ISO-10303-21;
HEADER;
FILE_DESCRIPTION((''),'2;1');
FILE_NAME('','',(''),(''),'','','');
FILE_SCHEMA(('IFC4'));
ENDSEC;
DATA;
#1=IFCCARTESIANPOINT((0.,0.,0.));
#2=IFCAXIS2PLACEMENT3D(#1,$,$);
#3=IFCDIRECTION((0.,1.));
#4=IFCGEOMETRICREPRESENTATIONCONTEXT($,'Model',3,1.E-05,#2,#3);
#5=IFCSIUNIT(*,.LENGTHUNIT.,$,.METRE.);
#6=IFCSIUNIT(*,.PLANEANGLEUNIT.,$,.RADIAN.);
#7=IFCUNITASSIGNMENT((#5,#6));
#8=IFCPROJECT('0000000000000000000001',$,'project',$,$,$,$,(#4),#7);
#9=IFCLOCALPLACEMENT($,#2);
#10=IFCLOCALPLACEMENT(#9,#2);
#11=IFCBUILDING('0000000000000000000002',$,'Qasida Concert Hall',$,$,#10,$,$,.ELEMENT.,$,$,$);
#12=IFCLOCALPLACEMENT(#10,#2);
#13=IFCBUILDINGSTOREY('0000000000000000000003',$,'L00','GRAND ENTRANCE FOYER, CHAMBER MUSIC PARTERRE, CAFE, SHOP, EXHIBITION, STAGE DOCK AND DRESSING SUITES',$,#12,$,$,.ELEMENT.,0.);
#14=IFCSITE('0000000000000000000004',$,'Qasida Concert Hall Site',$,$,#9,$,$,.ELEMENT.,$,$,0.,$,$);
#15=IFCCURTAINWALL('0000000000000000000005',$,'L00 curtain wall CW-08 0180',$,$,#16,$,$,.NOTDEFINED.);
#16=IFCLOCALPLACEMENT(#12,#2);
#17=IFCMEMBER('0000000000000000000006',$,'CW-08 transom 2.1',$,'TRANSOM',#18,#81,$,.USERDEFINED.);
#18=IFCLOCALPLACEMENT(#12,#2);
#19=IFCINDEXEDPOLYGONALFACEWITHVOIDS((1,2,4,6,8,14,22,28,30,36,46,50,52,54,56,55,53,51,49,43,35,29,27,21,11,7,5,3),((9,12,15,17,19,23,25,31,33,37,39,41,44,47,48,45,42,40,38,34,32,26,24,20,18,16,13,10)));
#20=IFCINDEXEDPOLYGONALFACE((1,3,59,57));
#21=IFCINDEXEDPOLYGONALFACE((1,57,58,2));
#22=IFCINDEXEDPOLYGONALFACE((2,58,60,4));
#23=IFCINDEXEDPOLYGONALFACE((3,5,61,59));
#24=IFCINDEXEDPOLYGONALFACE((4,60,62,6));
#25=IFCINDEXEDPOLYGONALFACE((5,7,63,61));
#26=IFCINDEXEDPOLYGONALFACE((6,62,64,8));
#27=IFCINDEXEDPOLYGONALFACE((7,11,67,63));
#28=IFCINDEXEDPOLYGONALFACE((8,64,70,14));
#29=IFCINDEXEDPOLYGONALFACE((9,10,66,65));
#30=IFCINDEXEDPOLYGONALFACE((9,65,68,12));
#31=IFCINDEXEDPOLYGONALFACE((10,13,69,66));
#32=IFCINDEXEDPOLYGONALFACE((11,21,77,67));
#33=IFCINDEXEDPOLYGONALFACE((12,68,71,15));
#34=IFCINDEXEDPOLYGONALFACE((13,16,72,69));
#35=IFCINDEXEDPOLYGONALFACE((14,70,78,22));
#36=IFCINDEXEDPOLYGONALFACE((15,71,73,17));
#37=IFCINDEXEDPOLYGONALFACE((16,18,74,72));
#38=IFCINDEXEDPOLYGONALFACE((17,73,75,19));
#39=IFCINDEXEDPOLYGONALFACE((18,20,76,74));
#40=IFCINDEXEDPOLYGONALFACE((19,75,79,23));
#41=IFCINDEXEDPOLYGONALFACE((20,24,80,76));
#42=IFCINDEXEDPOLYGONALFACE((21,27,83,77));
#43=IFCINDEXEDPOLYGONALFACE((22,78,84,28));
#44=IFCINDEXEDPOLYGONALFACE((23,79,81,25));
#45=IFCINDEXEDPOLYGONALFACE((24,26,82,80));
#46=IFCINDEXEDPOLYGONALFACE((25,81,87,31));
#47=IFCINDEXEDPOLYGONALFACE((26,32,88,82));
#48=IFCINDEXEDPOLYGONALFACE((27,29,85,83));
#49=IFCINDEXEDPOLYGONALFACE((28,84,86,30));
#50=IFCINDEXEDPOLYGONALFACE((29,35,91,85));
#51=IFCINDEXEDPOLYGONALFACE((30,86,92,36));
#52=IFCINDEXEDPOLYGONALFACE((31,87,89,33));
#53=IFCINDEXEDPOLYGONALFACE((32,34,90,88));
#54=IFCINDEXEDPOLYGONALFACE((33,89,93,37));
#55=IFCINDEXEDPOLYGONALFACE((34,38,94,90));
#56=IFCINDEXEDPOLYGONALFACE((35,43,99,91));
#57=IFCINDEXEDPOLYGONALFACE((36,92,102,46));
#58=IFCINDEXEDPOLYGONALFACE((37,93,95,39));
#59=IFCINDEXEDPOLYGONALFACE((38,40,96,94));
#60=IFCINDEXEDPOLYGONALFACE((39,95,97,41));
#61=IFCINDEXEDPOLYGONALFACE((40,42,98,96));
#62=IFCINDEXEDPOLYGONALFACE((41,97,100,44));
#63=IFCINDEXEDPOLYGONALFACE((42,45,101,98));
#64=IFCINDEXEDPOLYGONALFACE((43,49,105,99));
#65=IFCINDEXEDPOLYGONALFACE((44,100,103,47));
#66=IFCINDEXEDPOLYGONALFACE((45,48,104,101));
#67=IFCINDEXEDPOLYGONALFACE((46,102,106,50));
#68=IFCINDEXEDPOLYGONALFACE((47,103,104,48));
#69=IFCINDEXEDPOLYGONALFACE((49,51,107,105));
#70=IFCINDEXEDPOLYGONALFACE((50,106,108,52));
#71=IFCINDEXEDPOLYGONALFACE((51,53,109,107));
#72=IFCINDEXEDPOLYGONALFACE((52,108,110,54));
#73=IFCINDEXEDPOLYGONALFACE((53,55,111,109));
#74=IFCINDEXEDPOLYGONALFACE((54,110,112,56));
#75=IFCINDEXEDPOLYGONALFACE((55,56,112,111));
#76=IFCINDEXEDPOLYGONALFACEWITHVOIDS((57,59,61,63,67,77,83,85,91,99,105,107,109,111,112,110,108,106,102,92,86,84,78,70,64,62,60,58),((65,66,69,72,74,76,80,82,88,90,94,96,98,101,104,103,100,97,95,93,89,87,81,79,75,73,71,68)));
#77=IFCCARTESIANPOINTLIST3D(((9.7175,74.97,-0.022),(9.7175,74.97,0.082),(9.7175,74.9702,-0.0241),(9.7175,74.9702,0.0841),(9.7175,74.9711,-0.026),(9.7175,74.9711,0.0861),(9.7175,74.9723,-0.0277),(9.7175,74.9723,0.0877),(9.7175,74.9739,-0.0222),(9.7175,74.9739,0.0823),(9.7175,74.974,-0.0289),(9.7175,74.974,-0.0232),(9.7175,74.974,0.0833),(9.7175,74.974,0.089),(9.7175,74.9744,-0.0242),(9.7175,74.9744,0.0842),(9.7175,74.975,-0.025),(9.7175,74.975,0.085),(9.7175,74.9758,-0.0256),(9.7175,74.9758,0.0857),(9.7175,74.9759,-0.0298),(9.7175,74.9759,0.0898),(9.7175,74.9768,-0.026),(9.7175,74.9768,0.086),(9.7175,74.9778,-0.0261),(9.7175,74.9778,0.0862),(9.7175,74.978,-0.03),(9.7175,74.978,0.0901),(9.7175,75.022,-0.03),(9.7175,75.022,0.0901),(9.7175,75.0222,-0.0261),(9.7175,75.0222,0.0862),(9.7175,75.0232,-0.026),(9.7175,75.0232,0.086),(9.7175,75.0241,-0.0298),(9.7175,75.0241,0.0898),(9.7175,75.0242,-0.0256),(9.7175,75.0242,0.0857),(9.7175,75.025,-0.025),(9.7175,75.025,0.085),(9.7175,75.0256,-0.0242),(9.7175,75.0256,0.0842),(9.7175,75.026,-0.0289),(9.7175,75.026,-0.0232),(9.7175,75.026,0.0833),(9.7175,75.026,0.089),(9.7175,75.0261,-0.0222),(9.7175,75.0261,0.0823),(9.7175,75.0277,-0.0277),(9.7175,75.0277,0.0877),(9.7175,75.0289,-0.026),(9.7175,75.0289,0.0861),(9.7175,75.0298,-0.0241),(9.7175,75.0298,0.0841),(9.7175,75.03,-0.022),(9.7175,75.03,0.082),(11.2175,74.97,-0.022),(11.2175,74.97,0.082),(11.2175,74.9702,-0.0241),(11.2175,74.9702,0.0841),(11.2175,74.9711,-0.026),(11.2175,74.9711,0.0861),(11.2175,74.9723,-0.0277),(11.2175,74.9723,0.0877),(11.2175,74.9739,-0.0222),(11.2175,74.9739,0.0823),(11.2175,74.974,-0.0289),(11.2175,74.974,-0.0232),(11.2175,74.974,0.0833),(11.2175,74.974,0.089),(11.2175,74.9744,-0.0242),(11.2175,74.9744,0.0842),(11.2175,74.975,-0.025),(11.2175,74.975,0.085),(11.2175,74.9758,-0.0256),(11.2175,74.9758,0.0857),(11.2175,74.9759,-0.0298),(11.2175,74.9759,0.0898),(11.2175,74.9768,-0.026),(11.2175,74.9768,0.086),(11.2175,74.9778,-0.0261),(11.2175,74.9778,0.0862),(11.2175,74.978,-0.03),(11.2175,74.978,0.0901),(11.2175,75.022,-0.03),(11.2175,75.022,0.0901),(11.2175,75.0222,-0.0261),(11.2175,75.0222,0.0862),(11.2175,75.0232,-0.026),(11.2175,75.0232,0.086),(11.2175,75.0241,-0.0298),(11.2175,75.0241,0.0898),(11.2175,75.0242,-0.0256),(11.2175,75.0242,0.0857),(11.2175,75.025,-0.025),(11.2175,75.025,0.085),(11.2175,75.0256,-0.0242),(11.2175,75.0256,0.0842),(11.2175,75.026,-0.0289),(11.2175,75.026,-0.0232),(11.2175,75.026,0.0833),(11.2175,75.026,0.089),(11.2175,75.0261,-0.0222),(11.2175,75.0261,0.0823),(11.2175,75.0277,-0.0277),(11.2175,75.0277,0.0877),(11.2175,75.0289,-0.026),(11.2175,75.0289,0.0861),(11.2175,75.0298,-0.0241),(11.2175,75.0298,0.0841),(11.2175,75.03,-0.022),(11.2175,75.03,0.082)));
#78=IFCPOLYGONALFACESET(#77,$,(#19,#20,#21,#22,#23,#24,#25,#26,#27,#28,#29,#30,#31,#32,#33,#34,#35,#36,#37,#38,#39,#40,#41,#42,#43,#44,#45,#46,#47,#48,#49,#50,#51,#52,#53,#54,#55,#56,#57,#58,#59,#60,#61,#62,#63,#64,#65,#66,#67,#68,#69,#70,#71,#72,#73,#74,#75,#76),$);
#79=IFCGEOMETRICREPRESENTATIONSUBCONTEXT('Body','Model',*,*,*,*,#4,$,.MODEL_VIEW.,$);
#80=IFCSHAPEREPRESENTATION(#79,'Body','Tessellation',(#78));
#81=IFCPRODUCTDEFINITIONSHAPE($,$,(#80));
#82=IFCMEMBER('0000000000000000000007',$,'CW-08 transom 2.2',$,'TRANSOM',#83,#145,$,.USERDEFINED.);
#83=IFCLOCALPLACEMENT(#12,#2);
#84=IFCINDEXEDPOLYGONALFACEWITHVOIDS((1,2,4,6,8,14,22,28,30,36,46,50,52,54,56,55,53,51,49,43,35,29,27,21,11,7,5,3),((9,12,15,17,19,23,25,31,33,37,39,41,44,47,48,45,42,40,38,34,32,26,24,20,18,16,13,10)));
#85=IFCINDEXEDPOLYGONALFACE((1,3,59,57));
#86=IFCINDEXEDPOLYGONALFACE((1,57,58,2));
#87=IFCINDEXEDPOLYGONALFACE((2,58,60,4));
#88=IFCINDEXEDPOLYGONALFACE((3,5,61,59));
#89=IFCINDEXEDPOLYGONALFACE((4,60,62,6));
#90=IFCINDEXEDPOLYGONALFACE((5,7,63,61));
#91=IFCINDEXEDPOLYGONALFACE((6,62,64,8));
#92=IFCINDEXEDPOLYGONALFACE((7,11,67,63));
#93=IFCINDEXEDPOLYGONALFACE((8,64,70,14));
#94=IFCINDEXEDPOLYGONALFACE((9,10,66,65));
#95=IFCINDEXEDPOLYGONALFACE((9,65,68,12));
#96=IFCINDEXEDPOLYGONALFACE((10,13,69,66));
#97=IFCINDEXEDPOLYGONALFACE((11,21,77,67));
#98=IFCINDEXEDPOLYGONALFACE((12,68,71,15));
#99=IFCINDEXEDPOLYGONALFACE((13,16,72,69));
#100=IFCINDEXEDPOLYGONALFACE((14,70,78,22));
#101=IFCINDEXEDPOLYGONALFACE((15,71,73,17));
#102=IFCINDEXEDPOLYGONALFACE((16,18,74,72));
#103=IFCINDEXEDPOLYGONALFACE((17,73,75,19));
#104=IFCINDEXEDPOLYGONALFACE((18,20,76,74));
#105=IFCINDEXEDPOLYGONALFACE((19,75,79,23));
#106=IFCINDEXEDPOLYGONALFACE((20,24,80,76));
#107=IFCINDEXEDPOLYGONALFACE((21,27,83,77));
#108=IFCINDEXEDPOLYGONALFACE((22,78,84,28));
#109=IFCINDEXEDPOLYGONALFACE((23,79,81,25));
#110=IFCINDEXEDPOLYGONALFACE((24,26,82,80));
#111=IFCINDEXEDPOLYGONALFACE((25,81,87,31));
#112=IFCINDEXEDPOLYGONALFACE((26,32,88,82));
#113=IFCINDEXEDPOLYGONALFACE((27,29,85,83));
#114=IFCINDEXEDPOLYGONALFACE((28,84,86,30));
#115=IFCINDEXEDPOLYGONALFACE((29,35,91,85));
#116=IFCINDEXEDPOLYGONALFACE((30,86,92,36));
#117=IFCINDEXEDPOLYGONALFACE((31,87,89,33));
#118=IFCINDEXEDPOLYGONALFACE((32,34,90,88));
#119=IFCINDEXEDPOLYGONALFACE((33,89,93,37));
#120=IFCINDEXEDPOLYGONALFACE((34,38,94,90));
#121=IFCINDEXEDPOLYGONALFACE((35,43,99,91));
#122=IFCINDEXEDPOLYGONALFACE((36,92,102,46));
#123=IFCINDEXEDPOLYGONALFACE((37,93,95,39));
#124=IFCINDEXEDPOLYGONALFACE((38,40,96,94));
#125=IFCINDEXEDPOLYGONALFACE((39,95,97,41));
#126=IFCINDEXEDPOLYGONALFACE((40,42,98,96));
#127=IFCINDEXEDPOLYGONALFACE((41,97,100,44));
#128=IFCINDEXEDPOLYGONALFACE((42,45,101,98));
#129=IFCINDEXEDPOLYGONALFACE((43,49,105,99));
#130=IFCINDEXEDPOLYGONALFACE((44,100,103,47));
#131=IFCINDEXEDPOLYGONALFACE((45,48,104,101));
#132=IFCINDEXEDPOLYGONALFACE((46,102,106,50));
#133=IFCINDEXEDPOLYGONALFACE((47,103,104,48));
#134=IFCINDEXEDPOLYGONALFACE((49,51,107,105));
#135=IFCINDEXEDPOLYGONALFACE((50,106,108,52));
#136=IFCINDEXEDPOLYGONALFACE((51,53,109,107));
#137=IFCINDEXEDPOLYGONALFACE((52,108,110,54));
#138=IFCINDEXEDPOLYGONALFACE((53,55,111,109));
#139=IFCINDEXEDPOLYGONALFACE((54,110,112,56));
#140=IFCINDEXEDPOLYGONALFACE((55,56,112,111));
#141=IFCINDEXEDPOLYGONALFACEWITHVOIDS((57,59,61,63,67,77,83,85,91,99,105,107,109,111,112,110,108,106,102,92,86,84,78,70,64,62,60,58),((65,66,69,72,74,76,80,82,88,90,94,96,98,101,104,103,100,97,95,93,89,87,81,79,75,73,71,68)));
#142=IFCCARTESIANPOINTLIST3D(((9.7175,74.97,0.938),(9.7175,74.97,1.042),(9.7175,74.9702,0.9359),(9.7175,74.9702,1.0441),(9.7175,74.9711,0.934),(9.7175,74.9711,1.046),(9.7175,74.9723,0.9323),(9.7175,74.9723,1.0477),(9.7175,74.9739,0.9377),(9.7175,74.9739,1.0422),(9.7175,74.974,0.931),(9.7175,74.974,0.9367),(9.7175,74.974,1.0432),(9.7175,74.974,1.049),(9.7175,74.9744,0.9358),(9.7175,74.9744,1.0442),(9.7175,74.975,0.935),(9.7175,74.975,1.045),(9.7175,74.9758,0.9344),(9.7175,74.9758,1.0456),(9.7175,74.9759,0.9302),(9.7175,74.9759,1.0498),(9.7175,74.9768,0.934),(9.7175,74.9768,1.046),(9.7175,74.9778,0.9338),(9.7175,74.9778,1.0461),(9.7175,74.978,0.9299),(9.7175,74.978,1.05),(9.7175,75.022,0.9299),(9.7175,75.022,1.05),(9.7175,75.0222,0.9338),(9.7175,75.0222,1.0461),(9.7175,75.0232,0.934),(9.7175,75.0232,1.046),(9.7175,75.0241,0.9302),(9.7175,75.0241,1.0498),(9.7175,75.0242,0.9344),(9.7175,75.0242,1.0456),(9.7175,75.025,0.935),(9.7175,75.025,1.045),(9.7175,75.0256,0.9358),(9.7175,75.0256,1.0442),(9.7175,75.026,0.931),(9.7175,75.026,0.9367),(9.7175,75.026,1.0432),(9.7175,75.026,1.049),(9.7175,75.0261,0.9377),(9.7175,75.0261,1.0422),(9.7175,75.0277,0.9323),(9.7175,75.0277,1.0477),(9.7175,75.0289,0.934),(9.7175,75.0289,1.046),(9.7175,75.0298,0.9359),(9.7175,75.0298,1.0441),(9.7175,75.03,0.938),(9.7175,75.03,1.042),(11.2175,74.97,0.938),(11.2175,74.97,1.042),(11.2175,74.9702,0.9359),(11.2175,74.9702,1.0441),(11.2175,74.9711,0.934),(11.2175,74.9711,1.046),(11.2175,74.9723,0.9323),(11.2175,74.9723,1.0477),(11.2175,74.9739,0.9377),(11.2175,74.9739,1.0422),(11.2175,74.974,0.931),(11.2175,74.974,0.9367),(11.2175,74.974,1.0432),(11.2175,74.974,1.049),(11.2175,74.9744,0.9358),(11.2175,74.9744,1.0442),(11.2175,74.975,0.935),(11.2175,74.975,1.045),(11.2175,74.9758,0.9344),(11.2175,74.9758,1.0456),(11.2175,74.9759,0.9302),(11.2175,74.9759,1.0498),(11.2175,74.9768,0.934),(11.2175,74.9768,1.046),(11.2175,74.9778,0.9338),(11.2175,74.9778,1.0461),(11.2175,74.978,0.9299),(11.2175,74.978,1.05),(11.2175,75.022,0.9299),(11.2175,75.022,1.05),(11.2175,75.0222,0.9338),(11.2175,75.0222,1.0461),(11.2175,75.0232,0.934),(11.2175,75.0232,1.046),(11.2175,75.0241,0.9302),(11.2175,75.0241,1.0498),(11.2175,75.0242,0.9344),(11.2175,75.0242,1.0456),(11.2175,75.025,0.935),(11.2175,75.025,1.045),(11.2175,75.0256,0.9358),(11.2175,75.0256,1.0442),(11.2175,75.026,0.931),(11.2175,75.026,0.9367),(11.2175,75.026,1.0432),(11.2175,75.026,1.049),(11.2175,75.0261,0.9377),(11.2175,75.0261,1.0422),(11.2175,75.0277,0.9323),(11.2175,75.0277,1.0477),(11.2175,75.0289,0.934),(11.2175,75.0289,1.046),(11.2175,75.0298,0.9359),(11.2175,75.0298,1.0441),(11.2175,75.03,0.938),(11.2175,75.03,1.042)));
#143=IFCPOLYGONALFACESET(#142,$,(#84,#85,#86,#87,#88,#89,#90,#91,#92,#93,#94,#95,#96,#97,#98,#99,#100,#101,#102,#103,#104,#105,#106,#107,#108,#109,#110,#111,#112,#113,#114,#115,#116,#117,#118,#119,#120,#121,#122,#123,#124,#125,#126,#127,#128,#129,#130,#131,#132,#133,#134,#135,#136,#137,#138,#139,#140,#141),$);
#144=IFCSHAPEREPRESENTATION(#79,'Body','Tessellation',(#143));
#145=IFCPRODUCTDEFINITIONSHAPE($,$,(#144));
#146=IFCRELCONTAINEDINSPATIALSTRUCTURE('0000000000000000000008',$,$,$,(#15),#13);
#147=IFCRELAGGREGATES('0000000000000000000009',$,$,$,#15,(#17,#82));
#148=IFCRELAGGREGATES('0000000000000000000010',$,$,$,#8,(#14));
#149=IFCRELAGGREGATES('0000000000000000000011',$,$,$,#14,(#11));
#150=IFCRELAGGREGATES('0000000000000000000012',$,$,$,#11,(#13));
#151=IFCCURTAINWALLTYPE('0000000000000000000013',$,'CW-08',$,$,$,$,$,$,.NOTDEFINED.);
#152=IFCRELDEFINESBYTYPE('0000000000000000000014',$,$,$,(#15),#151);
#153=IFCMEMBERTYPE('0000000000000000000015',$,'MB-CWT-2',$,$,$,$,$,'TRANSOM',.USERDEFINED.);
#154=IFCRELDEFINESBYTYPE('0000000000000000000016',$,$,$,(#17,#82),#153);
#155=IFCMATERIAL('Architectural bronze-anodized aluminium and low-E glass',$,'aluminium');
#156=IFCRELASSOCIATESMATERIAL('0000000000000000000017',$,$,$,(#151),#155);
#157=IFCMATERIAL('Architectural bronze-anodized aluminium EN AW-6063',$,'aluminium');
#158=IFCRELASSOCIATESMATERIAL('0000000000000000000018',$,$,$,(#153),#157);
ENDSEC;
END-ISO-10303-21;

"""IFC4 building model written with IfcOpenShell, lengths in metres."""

from ifc_helpers import new_model, si_unit, direction, frame, origin, origin_2d, place, context, subcontext, project, spatial, hollow_rectangle, extrude, material, material_profile, profile_set, type_object, element, aggregate, save


model = new_model("IFC4")

# Units and contexts
model_context = context("Model", 3, precision=1e-05, world=origin(), true_north=direction((0.0, 1.0)))
body_context = subcontext(model_context, "Body", "Model", "MODEL_VIEW")
ifc_project = project(units=[si_unit("LENGTHUNIT", "METRE"), si_unit("PLANEANGLEUNIT", "RADIAN")], contexts=[model_context])

# Site, building, storey
site_placement = place(None, origin())
site = spatial("IfcSite", under=ifc_project, at=site_placement, Name="Qasida Concert Hall Site", CompositionType="ELEMENT", RefElevation=0.0)
building_placement = place(site_placement, origin())
building = spatial("IfcBuilding", under=site, at=building_placement, Name="Qasida Concert Hall", CompositionType="ELEMENT")
storey_placement = place(building_placement, origin())
storey = spatial("IfcBuildingStorey", under=building, at=storey_placement, Name="L00", Description="GRAND ENTRANCE FOYER, CHAMBER MUSIC PARTERRE, CAFE, SHOP, EXHIBITION, STAGE DOCK AND DRESSING SUITES", CompositionType="ELEMENT", Elevation=0.0)

# Curtain wall, members
ifc_material_1 = material(Name="Architectural bronze-anodized aluminium and low-E glass", Category="aluminium")
curtain_wall_type = type_object("IfcCurtainWallType", Name="CW-08", PredefinedType="NOTDEFINED", material=ifc_material_1)
curtain_wall_placement = place(storey_placement, origin())
curtain_wall = element("IfcCurtainWall", 1, at=curtain_wall_placement, inside=storey, type_object=curtain_wall_type, Name="L00 curtain wall CW-08 0180", PredefinedType="NOTDEFINED")
ifc_material_2 = material(Name="Architectural bronze-anodized aluminium EN AW-6063", Category="aluminium")
ifc_material_profile_1 = material_profile(ifc_material_2, hollow_rectangle(XDim=0.0601, YDim=0.1201, WallThickness=0.0039, InnerFilletRadius=0.0039, OuterFilletRadius=0.0081, at=origin_2d()), Name="CWT 120x60x4")
ifc_profile_set_1 = profile_set([ifc_material_profile_1], Name="Architectural bronze-anodized aluminium EN AW-6063")
member_type_1 = type_object("IfcMemberType", Name="MB-CWT-2", ElementType="TRANSOM", PredefinedType="USERDEFINED", material=ifc_profile_set_1)
member_1_placement = place(storey_placement, frame((9.7175, 75.0, 0.03), z_axis=(1.0, 0.0, 0.0), x_axis=(0.0, 1.0, 0.0)))
member_1 = element("IfcMember", 2, at=member_1_placement, type_object=member_type_1, Name="CW-08 transom 2.1", ObjectType="TRANSOM", PredefinedType="USERDEFINED", context=body_context, shape_type="SweptSolid", body=[
    extrude(hollow_rectangle(XDim=0.0601, YDim=0.1201, WallThickness=0.0039, InnerFilletRadius=0.0039, OuterFilletRadius=0.0081, at=origin_2d()), origin(), (0.0, 0.0, 1.0), 1.5),
])
member_2_placement = place(storey_placement, frame((9.7175, 75.0, 0.99), z_axis=(1.0, 0.0, 0.0), x_axis=(0.0, 1.0, 0.0)))
member_2 = element("IfcMember", 3, at=member_2_placement, type_object=member_type_1, Name="CW-08 transom 2.2", ObjectType="TRANSOM", PredefinedType="USERDEFINED", context=body_context, shape_type="SweptSolid", body=[
    extrude(hollow_rectangle(XDim=0.0601, YDim=0.1201, WallThickness=0.0039, InnerFilletRadius=0.0039, OuterFilletRadius=0.0081, at=origin_2d()), origin(), (0.0, 0.0, 1.0), 1.5),
])
aggregate(curtain_wall, [member_1, member_2])

save(model, "model.ifc")
